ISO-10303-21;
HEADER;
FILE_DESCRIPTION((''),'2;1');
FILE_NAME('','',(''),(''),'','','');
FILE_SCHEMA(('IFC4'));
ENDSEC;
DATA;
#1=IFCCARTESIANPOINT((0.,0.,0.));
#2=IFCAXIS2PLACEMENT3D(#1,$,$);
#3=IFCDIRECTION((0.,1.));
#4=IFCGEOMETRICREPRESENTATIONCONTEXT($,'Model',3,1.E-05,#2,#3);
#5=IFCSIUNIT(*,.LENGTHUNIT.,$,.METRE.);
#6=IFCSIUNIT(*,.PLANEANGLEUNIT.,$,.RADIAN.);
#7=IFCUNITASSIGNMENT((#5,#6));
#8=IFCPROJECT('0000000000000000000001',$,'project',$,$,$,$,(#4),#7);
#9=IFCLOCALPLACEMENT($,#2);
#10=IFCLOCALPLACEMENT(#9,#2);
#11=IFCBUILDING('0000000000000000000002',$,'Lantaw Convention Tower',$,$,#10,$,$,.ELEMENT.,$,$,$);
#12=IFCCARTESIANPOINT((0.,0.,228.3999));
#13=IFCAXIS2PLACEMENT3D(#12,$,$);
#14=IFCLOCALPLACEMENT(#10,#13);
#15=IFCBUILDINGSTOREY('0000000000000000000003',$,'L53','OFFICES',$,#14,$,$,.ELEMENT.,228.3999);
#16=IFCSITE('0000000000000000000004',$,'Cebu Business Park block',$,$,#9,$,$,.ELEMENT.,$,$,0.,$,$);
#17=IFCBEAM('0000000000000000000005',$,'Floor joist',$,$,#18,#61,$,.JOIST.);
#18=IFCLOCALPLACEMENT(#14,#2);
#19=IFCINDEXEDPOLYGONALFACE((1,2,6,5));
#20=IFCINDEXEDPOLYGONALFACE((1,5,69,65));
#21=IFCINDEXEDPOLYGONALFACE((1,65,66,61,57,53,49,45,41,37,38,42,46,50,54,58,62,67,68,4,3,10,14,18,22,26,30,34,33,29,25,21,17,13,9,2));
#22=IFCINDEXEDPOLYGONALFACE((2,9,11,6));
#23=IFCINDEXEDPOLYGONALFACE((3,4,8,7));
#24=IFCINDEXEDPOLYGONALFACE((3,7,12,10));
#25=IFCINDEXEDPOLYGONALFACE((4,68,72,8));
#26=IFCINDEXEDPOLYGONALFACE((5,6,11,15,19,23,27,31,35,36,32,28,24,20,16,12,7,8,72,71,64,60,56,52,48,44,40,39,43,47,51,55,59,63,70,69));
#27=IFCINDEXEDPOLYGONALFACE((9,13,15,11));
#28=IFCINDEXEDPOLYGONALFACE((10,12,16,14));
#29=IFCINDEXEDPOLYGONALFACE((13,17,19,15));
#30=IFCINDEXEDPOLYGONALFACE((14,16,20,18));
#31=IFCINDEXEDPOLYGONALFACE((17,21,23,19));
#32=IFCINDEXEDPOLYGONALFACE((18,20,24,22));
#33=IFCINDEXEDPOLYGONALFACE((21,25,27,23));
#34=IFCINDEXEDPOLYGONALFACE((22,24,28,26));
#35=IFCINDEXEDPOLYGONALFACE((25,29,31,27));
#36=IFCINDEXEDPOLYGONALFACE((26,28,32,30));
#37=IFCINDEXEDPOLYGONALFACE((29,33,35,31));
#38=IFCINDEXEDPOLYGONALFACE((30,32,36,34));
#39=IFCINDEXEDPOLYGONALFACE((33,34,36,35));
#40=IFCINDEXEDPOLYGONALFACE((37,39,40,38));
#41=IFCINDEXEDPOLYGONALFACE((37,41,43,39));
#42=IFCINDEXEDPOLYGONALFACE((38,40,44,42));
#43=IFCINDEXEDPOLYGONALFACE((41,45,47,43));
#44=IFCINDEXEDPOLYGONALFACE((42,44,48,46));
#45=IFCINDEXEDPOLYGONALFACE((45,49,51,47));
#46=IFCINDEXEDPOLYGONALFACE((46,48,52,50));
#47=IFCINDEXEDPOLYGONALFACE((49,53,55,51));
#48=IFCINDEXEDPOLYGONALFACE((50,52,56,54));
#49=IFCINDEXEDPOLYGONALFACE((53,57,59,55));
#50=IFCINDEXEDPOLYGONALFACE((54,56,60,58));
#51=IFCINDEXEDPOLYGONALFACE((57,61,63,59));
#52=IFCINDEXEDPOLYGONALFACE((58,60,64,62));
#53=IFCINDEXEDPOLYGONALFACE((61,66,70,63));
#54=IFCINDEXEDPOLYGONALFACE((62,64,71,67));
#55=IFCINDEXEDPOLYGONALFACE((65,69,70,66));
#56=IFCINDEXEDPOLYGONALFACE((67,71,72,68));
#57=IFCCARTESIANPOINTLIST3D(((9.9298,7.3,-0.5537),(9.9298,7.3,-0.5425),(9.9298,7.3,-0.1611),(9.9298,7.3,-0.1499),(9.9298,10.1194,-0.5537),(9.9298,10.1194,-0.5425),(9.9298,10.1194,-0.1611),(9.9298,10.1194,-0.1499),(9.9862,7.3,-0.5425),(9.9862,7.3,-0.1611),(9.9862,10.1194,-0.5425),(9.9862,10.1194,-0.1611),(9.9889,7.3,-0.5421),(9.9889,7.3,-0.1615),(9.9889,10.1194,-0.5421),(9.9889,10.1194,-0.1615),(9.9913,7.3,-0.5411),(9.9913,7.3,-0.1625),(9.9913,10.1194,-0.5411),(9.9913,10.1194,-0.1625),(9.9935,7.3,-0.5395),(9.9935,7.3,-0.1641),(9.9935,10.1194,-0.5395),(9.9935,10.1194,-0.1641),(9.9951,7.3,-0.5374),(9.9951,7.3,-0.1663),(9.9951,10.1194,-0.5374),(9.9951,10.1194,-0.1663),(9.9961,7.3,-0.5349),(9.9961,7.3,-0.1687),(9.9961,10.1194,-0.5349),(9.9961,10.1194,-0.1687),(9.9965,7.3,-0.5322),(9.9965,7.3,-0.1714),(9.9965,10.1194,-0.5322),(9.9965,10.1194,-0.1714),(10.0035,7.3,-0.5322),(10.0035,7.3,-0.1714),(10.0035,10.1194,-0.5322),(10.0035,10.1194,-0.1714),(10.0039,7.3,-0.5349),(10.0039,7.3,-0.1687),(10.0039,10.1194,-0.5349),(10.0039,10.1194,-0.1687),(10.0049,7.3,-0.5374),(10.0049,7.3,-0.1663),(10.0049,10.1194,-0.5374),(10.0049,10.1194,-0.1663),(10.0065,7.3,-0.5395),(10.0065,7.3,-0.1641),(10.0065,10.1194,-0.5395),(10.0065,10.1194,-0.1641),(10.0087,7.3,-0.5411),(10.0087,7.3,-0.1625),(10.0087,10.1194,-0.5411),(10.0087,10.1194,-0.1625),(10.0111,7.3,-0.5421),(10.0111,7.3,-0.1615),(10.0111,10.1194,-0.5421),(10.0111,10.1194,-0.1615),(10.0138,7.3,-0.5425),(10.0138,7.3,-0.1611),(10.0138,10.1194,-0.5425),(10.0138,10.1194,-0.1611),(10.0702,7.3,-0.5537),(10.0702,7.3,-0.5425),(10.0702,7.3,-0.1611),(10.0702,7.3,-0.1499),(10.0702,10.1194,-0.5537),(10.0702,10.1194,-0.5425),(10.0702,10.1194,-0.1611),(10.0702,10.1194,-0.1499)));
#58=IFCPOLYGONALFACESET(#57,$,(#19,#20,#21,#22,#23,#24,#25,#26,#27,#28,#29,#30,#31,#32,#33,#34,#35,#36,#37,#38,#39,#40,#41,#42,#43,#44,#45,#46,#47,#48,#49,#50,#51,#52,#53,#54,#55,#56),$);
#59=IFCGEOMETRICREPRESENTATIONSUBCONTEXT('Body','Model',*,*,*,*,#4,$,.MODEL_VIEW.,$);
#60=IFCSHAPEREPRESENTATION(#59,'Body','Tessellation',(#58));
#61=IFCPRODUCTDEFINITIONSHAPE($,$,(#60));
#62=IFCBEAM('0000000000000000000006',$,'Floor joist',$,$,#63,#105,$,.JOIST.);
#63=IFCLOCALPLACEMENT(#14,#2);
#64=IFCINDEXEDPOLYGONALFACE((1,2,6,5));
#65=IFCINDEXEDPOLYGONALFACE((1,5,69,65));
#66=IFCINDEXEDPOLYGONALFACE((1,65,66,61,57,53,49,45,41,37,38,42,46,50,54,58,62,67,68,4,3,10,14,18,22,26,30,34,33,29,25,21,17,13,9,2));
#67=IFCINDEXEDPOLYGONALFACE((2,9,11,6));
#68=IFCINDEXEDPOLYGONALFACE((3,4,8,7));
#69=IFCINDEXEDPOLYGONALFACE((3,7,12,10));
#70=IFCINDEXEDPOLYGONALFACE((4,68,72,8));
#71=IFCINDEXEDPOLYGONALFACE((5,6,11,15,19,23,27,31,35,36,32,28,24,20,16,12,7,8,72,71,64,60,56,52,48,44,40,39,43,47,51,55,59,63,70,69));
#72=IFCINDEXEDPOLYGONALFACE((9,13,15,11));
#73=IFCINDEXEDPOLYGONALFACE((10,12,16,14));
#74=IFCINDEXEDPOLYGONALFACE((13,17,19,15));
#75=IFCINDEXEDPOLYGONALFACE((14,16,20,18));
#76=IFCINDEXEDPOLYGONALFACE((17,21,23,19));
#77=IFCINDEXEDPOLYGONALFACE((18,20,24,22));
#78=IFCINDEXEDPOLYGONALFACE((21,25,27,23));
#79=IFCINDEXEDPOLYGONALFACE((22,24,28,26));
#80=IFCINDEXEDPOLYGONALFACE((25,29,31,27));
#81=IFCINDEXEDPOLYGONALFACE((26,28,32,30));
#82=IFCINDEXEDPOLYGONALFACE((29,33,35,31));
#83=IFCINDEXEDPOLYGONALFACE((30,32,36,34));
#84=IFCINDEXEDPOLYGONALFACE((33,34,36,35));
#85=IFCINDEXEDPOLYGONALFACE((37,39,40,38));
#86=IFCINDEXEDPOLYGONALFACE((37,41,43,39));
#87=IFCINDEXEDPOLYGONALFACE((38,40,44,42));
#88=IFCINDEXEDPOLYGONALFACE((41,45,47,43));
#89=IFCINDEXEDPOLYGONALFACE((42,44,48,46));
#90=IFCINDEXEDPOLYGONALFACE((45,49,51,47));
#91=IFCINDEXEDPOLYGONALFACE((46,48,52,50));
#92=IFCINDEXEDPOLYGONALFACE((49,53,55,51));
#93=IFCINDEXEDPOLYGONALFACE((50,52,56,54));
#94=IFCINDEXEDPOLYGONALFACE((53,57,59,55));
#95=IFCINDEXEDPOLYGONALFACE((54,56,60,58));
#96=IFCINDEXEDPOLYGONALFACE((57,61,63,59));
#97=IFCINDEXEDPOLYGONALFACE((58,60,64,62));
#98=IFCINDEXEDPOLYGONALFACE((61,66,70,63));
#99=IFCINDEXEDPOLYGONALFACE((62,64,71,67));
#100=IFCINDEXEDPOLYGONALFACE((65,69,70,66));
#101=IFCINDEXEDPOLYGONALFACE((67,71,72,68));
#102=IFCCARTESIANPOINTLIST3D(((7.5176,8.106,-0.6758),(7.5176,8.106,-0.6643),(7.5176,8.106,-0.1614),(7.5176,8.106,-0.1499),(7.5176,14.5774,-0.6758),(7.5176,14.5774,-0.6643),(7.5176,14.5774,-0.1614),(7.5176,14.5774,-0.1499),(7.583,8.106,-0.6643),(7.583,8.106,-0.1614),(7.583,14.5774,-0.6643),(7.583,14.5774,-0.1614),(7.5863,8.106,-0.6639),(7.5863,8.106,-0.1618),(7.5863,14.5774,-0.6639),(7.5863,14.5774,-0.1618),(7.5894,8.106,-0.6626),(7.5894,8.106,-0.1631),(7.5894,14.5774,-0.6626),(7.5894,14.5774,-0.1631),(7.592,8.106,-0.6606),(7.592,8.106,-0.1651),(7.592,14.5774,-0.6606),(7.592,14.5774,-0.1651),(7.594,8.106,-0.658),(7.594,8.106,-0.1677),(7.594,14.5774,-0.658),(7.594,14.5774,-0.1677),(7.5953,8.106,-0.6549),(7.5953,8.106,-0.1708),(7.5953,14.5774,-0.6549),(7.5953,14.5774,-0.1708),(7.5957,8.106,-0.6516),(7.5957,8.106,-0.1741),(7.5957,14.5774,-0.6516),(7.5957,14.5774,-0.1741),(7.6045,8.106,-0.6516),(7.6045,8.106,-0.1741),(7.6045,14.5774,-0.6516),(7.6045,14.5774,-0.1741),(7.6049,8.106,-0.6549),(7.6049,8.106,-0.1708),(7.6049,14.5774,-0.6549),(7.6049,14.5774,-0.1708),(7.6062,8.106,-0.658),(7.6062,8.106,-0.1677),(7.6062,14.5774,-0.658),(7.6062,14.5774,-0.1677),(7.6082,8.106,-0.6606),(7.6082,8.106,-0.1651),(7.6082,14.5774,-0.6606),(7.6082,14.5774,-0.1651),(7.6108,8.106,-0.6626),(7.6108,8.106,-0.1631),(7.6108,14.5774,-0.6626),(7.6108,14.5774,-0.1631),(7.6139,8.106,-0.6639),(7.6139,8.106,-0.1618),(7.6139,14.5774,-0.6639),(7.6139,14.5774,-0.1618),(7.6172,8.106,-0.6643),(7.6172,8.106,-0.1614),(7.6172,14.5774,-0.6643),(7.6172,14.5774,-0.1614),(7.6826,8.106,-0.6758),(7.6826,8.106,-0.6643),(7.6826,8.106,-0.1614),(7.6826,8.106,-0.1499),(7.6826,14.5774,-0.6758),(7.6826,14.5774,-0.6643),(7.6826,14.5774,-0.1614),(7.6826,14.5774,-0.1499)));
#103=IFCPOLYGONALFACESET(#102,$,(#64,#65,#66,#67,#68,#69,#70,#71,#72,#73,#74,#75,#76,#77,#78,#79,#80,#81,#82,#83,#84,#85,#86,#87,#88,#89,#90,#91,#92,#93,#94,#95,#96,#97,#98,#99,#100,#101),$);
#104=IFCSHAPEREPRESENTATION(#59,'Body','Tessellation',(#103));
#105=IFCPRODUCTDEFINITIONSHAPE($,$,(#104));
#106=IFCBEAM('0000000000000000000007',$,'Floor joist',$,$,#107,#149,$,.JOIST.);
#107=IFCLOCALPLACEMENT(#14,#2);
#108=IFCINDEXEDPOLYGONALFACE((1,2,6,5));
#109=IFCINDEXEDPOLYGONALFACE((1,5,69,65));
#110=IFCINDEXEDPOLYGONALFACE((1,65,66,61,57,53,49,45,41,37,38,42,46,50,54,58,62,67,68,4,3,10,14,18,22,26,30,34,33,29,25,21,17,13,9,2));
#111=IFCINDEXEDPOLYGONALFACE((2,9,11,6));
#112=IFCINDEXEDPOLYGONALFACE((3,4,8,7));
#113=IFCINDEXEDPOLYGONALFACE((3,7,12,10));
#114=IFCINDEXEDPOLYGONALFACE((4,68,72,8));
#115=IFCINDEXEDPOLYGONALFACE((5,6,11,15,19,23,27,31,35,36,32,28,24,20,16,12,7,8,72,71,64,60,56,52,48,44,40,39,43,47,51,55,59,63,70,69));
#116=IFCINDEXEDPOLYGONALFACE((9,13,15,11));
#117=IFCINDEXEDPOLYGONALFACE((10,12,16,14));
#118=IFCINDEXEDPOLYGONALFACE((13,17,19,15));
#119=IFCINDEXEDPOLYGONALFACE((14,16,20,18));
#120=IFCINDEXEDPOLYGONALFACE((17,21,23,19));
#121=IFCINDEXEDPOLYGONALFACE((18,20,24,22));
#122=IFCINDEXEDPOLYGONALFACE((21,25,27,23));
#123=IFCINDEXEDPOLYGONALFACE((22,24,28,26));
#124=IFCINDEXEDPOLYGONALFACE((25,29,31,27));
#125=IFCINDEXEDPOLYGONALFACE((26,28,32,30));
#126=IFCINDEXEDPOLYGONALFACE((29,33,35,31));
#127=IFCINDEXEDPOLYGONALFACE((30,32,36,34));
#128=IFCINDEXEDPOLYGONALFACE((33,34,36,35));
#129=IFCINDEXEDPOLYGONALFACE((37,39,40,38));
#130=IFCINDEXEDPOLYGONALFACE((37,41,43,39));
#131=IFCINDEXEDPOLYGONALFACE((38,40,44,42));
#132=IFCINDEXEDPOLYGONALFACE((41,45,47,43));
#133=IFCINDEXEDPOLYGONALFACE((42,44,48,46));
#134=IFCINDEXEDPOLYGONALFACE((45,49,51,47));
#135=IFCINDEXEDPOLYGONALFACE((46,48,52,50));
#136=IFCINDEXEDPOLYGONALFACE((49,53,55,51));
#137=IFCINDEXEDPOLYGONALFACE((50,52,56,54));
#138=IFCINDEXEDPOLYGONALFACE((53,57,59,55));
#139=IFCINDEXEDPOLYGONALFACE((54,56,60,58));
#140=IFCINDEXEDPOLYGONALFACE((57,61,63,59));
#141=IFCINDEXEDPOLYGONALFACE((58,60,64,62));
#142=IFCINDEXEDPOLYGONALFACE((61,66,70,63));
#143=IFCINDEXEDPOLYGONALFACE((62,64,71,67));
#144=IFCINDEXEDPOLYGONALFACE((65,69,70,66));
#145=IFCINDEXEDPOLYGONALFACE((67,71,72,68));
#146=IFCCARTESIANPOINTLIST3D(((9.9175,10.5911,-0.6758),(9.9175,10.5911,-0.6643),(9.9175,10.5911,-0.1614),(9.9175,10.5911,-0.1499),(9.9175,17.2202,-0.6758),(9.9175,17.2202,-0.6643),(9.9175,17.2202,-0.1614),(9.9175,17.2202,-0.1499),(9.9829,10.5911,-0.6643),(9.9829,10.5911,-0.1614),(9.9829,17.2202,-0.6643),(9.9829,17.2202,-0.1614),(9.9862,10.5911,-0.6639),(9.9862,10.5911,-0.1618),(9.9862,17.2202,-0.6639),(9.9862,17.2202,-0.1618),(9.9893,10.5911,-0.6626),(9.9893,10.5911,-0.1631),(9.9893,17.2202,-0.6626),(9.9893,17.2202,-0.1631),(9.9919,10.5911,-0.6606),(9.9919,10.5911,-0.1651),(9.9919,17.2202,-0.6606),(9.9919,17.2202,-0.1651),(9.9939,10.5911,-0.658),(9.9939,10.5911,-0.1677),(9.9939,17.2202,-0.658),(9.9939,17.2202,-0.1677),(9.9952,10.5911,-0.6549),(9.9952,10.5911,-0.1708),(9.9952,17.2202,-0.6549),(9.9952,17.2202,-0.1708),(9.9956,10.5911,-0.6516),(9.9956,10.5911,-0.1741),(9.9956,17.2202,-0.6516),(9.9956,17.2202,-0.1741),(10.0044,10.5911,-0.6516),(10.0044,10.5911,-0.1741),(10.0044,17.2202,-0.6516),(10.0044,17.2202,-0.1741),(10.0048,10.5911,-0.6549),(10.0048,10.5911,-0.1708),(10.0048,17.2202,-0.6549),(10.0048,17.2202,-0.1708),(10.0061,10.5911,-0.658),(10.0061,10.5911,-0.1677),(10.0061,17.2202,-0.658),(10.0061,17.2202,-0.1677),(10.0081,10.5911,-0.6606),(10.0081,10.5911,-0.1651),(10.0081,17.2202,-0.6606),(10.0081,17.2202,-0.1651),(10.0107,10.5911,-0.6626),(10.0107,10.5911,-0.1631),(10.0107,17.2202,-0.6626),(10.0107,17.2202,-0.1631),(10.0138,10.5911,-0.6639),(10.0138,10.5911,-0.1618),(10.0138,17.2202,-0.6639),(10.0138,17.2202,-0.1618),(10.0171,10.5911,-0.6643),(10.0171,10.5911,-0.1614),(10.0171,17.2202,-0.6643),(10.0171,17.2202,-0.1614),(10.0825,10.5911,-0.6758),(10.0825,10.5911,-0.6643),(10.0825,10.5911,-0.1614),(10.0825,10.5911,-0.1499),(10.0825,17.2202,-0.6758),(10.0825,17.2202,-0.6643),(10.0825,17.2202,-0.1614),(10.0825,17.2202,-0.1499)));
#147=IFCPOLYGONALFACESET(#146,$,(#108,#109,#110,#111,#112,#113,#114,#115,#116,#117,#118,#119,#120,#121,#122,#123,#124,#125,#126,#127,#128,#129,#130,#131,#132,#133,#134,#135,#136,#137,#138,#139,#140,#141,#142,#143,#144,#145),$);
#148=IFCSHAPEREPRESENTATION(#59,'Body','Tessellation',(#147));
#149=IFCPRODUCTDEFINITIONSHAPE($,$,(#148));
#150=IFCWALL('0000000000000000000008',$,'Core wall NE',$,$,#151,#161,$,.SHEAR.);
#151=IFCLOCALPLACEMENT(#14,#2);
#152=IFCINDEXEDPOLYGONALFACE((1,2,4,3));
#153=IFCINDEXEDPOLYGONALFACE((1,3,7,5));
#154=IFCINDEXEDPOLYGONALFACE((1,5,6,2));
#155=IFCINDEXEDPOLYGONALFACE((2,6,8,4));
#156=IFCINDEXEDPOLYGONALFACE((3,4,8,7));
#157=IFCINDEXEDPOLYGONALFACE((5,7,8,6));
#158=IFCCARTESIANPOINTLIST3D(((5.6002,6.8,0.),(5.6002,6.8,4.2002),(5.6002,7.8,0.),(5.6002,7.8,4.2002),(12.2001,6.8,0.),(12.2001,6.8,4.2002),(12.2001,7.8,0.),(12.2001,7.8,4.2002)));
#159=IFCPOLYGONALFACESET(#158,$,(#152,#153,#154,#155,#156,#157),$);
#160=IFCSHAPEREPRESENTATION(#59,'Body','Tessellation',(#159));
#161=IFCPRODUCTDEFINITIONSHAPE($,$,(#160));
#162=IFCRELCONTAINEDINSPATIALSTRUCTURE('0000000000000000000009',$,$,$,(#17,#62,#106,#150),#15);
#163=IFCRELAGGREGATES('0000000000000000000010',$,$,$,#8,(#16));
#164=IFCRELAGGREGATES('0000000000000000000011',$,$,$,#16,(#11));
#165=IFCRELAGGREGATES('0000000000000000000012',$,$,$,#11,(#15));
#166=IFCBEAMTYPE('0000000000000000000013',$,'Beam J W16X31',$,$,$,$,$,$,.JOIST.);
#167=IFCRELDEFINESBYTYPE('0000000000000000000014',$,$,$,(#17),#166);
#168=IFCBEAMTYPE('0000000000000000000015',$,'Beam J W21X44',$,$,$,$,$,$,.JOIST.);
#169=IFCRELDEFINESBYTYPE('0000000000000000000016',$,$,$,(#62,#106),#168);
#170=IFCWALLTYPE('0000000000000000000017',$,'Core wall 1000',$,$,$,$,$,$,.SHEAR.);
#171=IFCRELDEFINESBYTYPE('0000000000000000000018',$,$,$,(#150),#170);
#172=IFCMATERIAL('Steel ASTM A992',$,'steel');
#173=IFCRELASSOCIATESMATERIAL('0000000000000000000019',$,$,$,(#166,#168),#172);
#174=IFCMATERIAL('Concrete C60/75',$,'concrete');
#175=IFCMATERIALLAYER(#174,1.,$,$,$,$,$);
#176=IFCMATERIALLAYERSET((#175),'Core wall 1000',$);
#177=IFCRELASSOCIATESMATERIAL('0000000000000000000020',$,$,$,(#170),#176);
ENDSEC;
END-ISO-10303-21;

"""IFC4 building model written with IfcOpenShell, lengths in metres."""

from ifc_helpers import new_model, si_unit, direction, frame, frame_2d, origin, origin_2d, place, context, subcontext, project, spatial, rectangle, i_section, extrude, material, layer, layer_set, material_profile, profile_set, type_object, element, save


model = new_model("IFC4")

# Units and contexts
model_context = context("Model", 3, precision=1e-05, world=origin(), true_north=direction((0.0, 1.0)))
body_context = subcontext(model_context, "Body", "Model", "MODEL_VIEW")
ifc_project = project(units=[si_unit("LENGTHUNIT", "METRE"), si_unit("PLANEANGLEUNIT", "RADIAN")], contexts=[model_context])

# Site, building, storey
site_placement = place(None, origin())
site = spatial("IfcSite", under=ifc_project, at=site_placement, Name="Cebu Business Park block", CompositionType="ELEMENT", RefElevation=0.0)
building_placement = place(site_placement, origin())
building = spatial("IfcBuilding", under=site, at=building_placement, Name="Lantaw Convention Tower", CompositionType="ELEMENT")
storey_placement = place(building_placement, frame((0.0, 0.0, 228.3999)))
storey = spatial("IfcBuildingStorey", under=building, at=storey_placement, Name="L53", Description="OFFICES", CompositionType="ELEMENT", Elevation=228.3999)

# Beams
ifc_material_1 = material(Name="Steel ASTM A992", Category="steel")
ifc_material_profile_1 = material_profile(ifc_material_1, i_section(OverallWidth=0.1404, OverallDepth=0.4038, WebThickness=0.0071, FlangeThickness=0.0112, FilletRadius=0.0103, at=origin_2d()), Name="W16X31")
ifc_profile_set_1 = profile_set([ifc_material_profile_1], Name="Steel ASTM A992")
beam_type_1 = type_object("IfcBeamType", Name="Beam J W16X31", PredefinedType="JOIST", material=ifc_profile_set_1)
beam_1_placement = place(storey_placement, frame((10.0, 7.3, -0.3518), z_axis=(0.0, 1.0, 0.0), x_axis=(-1.0, 0.0, 0.0)))
element("IfcBeam", 1, at=beam_1_placement, inside=storey, type_object=beam_type_1, Name="Floor joist", PredefinedType="JOIST", context=body_context, shape_type="SweptSolid", body=[
    extrude(i_section(OverallWidth=0.1404, OverallDepth=0.4038, WebThickness=0.0071, FlangeThickness=0.0112, FilletRadius=0.0103, at=origin_2d()), origin(), (0.0, 0.0, 1.0), 2.8193),
])
ifc_material_profile_2 = material_profile(ifc_material_1, i_section(OverallWidth=0.165, OverallDepth=0.5259, WebThickness=0.0088, FlangeThickness=0.0115, FilletRadius=0.0127, at=origin_2d()), Name="W21X44")
ifc_profile_set_2 = profile_set([ifc_material_profile_2], Name="Steel ASTM A992")
beam_type_2 = type_object("IfcBeamType", Name="Beam J W21X44", PredefinedType="JOIST", material=ifc_profile_set_2)
beam_2_placement = place(storey_placement, frame((7.6001, 8.106, -0.4128), z_axis=(0.0, 1.0, 0.0), x_axis=(-1.0, 0.0, 0.0)))
element("IfcBeam", 2, at=beam_2_placement, inside=storey, type_object=beam_type_2, Name="Floor joist", PredefinedType="JOIST", context=body_context, shape_type="SweptSolid", body=[
    extrude(i_section(OverallWidth=0.165, OverallDepth=0.5259, WebThickness=0.0088, FlangeThickness=0.0115, FilletRadius=0.0127, at=origin_2d()), origin(), (0.0, 0.0, 1.0), 6.4714),
])
beam_3_placement = place(storey_placement, frame((10.0, 10.5911, -0.4128), z_axis=(0.0, 1.0, 0.0), x_axis=(-1.0, 0.0, 0.0)))
element("IfcBeam", 3, at=beam_3_placement, inside=storey, type_object=beam_type_2, Name="Floor joist", PredefinedType="JOIST", context=body_context, shape_type="SweptSolid", body=[
    extrude(i_section(OverallWidth=0.165, OverallDepth=0.5259, WebThickness=0.0088, FlangeThickness=0.0115, FilletRadius=0.0127, at=origin_2d()), origin(), (0.0, 0.0, 1.0), 6.6292),
])

# Wall
ifc_material_2 = material(Name="Concrete C60/75", Category="concrete")
ifc_layer_1 = layer(ifc_material_2, 1.0)
ifc_layer_set_1 = layer_set([ifc_layer_1], Name="Core wall 1000")
wall_type_1 = type_object("IfcWallType", Name="Core wall 1000", PredefinedType="SHEAR", material=ifc_layer_set_1)
wall_1_placement = place(storey_placement, frame((12.2, 7.3, 0.0), z_axis=(0.0, 0.0, 1.0), x_axis=(-1.0, 0.0, 0.0)))
element("IfcWall", 4, at=wall_1_placement, inside=storey, type_object=wall_type_1, Name="Core wall NE", PredefinedType="SHEAR", context=body_context, shape_type="SweptSolid", body=[
    extrude(rectangle(XDim=6.5999, YDim=1.0, at=frame_2d((3.2998, 0.0))), origin(), (0.0, 0.0, 1.0), 4.2002),
])

save(model, "model.ifc")
